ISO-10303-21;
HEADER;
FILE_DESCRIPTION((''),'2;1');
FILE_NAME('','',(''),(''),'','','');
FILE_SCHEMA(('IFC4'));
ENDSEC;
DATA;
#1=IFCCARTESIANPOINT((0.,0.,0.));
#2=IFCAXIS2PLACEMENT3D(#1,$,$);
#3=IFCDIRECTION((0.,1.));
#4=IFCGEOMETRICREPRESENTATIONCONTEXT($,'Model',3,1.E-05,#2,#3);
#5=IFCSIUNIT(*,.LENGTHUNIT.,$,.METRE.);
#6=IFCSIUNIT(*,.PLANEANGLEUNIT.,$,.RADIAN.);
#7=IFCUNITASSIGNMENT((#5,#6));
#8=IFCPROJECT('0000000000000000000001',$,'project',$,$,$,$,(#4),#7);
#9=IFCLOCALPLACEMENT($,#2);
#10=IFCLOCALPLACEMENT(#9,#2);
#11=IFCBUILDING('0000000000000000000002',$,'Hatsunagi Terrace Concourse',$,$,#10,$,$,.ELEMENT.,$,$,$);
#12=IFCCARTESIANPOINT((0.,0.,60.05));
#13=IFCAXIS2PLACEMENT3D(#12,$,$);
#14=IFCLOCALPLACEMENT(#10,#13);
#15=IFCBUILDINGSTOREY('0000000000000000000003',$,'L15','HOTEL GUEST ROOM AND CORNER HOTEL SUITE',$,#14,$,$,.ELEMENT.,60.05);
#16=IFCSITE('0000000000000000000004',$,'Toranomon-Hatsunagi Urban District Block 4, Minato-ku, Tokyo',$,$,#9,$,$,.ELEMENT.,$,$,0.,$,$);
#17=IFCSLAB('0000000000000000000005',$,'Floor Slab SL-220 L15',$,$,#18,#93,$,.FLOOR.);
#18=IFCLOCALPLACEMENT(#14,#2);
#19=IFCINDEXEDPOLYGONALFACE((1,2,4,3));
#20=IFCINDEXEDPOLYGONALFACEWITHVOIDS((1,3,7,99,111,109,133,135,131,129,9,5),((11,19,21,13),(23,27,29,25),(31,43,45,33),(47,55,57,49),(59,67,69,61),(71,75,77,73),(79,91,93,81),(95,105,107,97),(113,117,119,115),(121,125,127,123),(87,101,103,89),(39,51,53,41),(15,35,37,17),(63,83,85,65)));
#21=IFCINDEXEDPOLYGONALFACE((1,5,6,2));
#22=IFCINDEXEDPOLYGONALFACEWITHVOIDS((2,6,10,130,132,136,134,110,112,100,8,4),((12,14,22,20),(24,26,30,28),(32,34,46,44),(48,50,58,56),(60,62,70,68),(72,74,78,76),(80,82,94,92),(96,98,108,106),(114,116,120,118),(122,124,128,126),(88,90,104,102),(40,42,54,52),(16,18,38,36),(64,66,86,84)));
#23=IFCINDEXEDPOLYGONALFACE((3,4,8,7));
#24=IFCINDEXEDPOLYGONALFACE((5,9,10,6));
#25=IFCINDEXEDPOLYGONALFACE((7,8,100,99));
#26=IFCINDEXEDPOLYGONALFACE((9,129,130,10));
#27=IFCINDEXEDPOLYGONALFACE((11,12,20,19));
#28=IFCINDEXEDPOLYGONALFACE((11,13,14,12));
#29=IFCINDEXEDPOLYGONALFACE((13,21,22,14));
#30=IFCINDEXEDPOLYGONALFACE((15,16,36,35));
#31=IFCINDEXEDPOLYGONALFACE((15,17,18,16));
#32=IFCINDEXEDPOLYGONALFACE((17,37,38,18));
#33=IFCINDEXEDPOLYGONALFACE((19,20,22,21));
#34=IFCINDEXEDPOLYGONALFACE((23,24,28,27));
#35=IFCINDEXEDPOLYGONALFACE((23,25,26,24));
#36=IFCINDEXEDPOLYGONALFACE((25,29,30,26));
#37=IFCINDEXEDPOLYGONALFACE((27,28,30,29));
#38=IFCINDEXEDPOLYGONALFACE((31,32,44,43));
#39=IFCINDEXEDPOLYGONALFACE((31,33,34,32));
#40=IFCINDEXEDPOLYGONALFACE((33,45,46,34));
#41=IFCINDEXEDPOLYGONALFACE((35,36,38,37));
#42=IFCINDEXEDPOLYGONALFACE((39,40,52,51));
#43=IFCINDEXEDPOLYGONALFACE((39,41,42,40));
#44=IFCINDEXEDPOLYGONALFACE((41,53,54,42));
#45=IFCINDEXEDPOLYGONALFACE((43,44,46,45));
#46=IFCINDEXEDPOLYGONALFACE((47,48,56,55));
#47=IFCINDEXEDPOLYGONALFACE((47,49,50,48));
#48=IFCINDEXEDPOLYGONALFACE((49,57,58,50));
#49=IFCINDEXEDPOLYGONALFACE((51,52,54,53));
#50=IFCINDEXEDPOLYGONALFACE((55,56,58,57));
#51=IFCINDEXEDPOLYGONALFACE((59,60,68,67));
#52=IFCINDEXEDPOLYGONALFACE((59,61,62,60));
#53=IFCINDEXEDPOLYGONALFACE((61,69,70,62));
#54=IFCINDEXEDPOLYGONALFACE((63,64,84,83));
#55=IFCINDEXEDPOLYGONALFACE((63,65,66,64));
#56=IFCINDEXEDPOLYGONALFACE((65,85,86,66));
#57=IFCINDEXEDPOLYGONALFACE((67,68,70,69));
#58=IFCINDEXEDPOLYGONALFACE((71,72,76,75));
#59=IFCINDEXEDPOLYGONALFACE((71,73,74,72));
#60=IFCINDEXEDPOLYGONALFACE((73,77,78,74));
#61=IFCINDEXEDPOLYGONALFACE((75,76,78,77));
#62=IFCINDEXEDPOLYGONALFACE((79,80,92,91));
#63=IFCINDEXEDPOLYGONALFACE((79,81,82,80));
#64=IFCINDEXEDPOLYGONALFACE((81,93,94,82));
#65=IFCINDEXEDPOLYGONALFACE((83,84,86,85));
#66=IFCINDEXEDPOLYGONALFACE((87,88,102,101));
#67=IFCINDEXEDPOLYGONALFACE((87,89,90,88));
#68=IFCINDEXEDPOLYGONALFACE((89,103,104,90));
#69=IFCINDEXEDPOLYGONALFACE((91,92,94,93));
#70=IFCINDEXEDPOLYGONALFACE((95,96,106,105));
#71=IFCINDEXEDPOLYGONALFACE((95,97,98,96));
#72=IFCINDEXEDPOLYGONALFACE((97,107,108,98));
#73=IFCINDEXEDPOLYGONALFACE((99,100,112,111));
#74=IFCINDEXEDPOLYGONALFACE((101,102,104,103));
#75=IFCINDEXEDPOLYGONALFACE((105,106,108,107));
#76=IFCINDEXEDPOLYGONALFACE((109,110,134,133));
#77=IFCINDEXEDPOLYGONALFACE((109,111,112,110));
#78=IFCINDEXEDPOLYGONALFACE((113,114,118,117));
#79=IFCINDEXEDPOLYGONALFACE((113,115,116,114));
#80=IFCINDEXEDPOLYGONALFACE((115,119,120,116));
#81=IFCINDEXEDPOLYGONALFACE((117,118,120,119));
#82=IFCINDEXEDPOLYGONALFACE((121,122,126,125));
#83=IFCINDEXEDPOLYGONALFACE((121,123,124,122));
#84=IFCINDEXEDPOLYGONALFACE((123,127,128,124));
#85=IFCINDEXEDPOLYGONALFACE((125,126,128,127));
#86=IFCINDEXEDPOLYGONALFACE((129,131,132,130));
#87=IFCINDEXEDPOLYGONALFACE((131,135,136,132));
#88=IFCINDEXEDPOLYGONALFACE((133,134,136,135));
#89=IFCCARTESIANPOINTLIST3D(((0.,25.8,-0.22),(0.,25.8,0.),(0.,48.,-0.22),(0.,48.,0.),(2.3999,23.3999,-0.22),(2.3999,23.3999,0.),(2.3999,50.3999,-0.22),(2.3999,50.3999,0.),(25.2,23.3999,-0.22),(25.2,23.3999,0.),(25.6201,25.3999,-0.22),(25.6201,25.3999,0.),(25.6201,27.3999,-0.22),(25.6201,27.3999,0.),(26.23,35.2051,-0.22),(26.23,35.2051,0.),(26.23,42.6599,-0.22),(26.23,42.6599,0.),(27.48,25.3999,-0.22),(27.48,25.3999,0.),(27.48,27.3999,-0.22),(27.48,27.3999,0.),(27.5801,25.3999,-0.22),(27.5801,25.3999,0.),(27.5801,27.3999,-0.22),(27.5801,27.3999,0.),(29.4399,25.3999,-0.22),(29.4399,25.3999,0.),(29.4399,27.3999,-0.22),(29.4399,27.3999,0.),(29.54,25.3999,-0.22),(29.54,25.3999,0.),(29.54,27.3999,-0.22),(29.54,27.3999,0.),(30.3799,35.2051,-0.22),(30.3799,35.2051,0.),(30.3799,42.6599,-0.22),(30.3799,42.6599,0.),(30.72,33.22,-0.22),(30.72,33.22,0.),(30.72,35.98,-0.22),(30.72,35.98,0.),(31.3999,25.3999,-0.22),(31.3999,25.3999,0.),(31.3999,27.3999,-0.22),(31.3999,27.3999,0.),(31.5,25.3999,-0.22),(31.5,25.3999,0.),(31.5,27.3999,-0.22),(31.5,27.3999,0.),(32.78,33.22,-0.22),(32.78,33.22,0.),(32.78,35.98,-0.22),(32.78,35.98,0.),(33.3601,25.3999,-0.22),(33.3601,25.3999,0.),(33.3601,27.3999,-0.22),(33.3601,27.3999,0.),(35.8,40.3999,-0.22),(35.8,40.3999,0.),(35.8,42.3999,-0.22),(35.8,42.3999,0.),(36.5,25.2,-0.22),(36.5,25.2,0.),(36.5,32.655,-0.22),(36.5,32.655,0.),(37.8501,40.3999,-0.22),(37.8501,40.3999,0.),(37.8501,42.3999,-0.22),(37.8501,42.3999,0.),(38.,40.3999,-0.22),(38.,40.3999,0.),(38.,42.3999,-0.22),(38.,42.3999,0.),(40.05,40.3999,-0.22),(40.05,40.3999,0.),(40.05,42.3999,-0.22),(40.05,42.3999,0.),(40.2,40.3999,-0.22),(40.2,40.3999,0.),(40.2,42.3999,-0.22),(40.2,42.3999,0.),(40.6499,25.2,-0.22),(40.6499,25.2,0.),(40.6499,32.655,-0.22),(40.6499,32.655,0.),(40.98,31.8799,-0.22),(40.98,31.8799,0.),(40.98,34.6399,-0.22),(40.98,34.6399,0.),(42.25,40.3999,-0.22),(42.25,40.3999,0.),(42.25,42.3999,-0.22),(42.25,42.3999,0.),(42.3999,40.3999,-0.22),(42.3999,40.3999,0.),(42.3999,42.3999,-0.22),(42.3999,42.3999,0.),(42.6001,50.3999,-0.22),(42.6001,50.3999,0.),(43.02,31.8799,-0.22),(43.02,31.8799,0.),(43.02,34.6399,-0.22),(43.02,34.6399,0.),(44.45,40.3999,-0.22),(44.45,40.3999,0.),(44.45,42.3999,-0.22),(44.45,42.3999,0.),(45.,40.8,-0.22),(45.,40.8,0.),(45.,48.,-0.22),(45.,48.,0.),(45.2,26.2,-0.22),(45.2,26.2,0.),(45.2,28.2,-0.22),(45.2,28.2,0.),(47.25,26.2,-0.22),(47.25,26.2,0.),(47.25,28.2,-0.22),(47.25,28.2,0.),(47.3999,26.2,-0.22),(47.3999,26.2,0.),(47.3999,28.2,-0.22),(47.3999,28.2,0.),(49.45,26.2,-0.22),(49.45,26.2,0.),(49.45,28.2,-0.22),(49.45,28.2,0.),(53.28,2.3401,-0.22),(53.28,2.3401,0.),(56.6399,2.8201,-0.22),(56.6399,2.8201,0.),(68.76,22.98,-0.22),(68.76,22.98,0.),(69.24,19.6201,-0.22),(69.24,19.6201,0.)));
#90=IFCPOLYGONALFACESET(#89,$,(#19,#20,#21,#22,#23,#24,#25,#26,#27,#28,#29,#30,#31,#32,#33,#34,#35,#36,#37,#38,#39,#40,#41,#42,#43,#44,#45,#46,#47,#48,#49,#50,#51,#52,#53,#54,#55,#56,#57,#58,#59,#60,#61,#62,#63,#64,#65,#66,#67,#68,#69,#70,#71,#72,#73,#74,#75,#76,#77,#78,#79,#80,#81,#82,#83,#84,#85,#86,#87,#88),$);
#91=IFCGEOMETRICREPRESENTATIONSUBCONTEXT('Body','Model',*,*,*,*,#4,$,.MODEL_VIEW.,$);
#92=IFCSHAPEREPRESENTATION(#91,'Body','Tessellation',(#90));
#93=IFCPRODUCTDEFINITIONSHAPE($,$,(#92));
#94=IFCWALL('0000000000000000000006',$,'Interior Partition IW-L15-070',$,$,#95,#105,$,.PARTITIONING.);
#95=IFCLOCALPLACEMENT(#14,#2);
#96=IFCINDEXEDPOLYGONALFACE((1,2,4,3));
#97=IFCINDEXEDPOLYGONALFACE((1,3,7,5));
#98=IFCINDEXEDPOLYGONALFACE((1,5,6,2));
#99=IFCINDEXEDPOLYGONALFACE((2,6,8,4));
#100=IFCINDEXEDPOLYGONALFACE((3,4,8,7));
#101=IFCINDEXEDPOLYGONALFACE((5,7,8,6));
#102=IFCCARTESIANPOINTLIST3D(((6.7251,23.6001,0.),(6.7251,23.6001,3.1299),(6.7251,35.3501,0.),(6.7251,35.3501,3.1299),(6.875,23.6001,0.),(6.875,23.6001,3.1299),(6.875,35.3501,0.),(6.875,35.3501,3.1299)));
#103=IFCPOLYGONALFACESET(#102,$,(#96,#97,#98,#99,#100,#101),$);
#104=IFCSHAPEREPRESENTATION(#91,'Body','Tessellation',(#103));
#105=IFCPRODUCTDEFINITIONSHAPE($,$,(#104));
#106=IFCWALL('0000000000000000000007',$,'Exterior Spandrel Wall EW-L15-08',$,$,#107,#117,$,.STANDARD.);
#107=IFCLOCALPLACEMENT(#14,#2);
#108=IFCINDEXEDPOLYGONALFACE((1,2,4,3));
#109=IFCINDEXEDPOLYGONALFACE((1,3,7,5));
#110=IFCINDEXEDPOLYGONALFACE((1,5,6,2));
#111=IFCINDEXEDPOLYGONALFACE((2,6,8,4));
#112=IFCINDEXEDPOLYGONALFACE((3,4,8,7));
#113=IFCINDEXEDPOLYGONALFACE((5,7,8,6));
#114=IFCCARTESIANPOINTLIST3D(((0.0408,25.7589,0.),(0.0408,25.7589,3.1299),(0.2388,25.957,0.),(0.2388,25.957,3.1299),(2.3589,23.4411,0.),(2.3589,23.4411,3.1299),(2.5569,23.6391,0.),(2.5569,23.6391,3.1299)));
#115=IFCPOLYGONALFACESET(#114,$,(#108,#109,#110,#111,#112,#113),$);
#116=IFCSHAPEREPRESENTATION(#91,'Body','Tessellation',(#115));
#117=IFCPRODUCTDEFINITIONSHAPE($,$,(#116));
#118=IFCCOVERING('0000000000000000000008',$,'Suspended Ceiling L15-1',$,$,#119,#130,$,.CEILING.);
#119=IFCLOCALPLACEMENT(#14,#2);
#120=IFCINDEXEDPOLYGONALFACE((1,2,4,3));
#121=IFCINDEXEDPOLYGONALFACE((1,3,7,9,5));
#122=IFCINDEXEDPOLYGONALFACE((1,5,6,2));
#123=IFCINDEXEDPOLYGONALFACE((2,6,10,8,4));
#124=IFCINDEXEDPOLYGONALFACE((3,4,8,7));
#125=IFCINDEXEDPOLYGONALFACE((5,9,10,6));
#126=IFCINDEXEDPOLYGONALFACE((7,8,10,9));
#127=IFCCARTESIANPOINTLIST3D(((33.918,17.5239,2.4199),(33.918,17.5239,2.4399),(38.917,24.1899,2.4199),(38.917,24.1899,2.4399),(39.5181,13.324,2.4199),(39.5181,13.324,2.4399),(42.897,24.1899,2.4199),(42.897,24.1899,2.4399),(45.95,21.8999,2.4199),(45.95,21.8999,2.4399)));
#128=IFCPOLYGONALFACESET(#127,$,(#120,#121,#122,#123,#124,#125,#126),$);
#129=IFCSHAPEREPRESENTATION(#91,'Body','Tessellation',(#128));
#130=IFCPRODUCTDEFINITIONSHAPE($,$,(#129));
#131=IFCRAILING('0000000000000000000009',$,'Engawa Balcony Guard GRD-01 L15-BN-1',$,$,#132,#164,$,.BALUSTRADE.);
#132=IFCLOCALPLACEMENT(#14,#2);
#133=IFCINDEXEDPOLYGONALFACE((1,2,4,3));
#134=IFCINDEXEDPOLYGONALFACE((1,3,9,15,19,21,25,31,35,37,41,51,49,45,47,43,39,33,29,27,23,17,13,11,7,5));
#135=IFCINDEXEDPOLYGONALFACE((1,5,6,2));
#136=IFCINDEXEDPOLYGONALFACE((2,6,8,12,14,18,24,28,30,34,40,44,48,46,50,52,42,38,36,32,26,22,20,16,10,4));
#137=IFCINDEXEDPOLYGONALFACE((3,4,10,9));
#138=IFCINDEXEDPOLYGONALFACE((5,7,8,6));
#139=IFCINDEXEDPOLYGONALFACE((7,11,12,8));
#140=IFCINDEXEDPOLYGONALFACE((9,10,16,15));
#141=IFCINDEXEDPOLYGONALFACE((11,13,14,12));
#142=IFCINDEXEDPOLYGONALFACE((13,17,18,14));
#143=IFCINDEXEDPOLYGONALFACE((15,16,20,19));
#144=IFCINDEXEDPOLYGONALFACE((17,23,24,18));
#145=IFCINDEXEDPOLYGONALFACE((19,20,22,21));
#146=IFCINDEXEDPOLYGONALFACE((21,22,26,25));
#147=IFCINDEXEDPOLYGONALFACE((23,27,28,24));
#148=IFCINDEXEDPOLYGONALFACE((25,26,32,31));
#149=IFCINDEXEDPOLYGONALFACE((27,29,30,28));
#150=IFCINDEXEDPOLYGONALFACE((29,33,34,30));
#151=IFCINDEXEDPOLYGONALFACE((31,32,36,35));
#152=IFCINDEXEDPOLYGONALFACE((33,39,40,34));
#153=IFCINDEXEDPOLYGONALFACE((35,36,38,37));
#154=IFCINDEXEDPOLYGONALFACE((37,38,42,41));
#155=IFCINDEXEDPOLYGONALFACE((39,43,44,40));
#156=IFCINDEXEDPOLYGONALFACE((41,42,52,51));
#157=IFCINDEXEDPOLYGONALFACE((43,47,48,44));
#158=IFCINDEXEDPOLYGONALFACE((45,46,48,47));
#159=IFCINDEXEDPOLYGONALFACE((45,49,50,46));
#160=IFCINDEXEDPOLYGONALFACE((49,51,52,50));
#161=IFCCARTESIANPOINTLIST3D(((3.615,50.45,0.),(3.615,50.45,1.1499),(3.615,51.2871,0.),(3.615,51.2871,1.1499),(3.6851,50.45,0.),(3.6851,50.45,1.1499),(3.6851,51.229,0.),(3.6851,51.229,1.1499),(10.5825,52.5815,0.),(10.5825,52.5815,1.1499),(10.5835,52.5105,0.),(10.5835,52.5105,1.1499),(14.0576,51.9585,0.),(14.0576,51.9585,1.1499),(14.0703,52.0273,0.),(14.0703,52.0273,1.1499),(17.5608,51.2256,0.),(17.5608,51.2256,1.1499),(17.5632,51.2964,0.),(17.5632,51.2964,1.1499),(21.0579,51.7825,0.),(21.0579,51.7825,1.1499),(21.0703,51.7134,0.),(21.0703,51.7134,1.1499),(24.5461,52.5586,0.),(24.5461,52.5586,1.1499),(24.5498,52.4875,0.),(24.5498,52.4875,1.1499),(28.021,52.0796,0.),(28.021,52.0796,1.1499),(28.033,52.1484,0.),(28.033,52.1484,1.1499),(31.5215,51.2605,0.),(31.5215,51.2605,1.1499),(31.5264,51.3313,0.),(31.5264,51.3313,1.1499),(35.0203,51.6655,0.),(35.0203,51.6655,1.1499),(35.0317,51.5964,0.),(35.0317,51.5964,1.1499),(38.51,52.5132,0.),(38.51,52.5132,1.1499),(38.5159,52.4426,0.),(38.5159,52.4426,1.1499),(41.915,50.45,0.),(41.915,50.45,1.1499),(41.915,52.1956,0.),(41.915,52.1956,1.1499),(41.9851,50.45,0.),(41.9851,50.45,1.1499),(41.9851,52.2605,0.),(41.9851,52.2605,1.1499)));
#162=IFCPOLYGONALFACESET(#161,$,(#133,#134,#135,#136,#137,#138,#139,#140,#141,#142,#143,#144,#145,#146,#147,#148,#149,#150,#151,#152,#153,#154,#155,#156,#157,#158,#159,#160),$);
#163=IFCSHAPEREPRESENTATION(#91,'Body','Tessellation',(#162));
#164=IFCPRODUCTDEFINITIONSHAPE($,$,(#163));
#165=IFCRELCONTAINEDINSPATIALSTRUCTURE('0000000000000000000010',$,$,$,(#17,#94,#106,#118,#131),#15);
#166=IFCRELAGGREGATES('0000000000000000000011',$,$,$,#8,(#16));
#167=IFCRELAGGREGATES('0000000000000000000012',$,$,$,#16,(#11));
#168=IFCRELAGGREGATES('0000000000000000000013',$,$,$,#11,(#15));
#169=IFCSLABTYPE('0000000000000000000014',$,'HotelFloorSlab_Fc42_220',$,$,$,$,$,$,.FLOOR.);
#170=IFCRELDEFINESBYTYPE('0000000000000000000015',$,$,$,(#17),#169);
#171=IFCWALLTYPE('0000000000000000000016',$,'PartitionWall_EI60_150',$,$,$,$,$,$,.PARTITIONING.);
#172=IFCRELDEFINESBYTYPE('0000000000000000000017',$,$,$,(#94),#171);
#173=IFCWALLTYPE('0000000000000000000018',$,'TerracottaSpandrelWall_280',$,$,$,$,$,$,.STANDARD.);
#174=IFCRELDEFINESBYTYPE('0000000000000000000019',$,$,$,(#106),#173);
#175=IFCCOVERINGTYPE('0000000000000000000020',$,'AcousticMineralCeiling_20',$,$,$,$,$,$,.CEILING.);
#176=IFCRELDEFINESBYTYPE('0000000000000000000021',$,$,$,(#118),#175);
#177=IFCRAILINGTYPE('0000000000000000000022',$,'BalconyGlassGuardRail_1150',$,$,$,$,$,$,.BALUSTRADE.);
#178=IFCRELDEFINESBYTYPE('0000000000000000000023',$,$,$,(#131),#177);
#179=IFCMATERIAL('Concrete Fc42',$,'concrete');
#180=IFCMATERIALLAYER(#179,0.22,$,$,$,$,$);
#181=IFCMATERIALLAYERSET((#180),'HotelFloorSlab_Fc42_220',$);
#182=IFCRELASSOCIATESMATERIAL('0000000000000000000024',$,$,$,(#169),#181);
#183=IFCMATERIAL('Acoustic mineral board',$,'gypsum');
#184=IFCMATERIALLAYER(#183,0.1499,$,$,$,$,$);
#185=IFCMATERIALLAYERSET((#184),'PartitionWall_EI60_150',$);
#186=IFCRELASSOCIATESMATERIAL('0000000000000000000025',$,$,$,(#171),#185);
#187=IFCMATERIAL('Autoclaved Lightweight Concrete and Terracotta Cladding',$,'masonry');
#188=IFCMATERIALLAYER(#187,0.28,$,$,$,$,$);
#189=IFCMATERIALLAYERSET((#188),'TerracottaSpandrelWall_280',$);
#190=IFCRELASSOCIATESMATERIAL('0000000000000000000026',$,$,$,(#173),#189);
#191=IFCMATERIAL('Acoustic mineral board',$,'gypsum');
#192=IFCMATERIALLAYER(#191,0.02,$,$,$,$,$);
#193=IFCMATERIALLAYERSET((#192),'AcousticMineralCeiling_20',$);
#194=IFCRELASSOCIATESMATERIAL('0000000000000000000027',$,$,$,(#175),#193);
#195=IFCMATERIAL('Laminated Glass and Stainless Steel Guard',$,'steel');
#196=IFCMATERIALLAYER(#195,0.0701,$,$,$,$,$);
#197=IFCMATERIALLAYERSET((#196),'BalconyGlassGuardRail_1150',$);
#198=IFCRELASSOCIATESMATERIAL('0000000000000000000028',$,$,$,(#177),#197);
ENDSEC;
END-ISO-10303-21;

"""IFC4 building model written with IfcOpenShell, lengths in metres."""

from ifc_helpers import new_model, si_unit, direction, frame, frame_2d, origin, place, context, subcontext, project, spatial, polyline, rectangle, outline, extrude, material, layer, layer_set, type_object, element, save


model = new_model("IFC4")

# Units and contexts
model_context = context("Model", 3, precision=1e-05, world=origin(), true_north=direction((0.0, 1.0)))
body_context = subcontext(model_context, "Body", "Model", "MODEL_VIEW")
ifc_project = project(units=[si_unit("LENGTHUNIT", "METRE"), si_unit("PLANEANGLEUNIT", "RADIAN")], contexts=[model_context])

# Site, building, storey
site_placement = place(None, origin())
site = spatial("IfcSite", under=ifc_project, at=site_placement, Name="Toranomon-Hatsunagi Urban District Block 4, Minato-ku, Tokyo", CompositionType="ELEMENT", RefElevation=0.0)
building_placement = place(site_placement, origin())
building = spatial("IfcBuilding", under=site, at=building_placement, Name="Hatsunagi Terrace Concourse", CompositionType="ELEMENT")
storey_placement = place(building_placement, frame((0.0, 0.0, 60.05)))
storey = spatial("IfcBuildingStorey", under=building, at=storey_placement, Name="L15", Description="HOTEL GUEST ROOM AND CORNER HOTEL SUITE", CompositionType="ELEMENT", Elevation=60.05)

# Slab
ifc_material_1 = material(Name="Concrete Fc42", Category="concrete")
ifc_layer_1 = layer(ifc_material_1, 0.22)
ifc_layer_set_1 = layer_set([ifc_layer_1], Name="HotelFloorSlab_Fc42_220")
slab_type_1 = type_object("IfcSlabType", Name="HotelFloorSlab_Fc42_220", PredefinedType="FLOOR", material=ifc_layer_set_1)
slab_1_placement = place(storey_placement, frame((0.0, 0.0, -0.22)))
element("IfcSlab", 1, at=slab_1_placement, inside=storey, type_object=slab_type_1, Name="Floor Slab SL-220 L15", PredefinedType="FLOOR", context=body_context, shape_type="SweptSolid", body=[
    extrude(outline(polyline([(45.0, 40.8), (45.0, 48.0), (42.6001, 50.3999), (2.3999, 50.3999), (0.0, 48.0), (0.0, 25.8), (2.3999, 23.3999), (25.2, 23.3999), (53.28, 2.3401), (56.6399, 2.8201), (69.24, 19.6201), (68.76, 22.98), (45.0, 40.8)]), holes=[polyline([(26.23, 35.2051), (30.3799, 35.2051), (30.3799, 42.6599), (26.23, 42.6599), (26.23, 35.2051)]), polyline([(36.5, 25.2), (40.6499, 25.2), (40.6499, 32.655), (36.5, 32.655), (36.5, 25.2)]), polyline([(30.72, 33.22), (32.78, 33.22), (32.78, 35.98), (30.72, 35.98), (30.72, 33.22)]), polyline([(40.98, 31.8799), (43.02, 31.8799), (43.02, 34.6399), (40.98, 34.6399), (40.98, 31.8799)]), polyline([(25.6201, 25.3999), (27.48, 25.3999), (27.48, 27.3999), (25.6201, 27.3999), (25.6201, 25.3999)]), polyline([(27.5801, 25.3999), (29.4399, 25.3999), (29.4399, 27.3999), (27.5801, 27.3999), (27.5801, 25.3999)]), polyline([(29.54, 25.3999), (31.3999, 25.3999), (31.3999, 27.3999), (29.54, 27.3999), (29.54, 25.3999)]), polyline([(31.5, 25.3999), (33.3601, 25.3999), (33.3601, 27.3999), (31.5, 27.3999), (31.5, 25.3999)]), polyline([(35.8, 40.3999), (37.8501, 40.3999), (37.8501, 42.3999), (35.8, 42.3999), (35.8, 40.3999)]), polyline([(38.0, 40.3999), (40.05, 40.3999), (40.05, 42.3999), (38.0, 42.3999), (38.0, 40.3999)]), polyline([(40.2, 40.3999), (42.25, 40.3999), (42.25, 42.3999), (40.2, 42.3999), (40.2, 40.3999)]), polyline([(42.3999, 40.3999), (44.45, 40.3999), (44.45, 42.3999), (42.3999, 42.3999), (42.3999, 40.3999)]), polyline([(45.2, 26.2), (47.25, 26.2), (47.25, 28.2), (45.2, 28.2), (45.2, 26.2)]), polyline([(47.3999, 26.2), (49.45, 26.2), (49.45, 28.2), (47.3999, 28.2), (47.3999, 26.2)])]), origin(), (0.0, 0.0, 1.0), 0.22),
])

# Walls
ifc_material_2 = material(Name="Acoustic mineral board", Category="gypsum")
ifc_layer_2 = layer(ifc_material_2, 0.1499)
ifc_layer_set_2 = layer_set([ifc_layer_2], Name="PartitionWall_EI60_150")
wall_type_1 = type_object("IfcWallType", Name="PartitionWall_EI60_150", PredefinedType="PARTITIONING", material=ifc_layer_set_2)
wall_1_placement = place(storey_placement, frame((6.8, 23.6001, 0.0), z_axis=(0.0, 0.0, 1.0), x_axis=(0.0, 1.0, 0.0)))
element("IfcWall", 2, at=wall_1_placement, inside=storey, type_object=wall_type_1, Name="Interior Partition IW-L15-070", PredefinedType="PARTITIONING", context=body_context, shape_type="SweptSolid", body=[
    extrude(rectangle(XDim=11.75, YDim=0.1499, at=frame_2d((5.875, 0.0))), origin(), (0.0, 0.0, 1.0), 3.1299),
])
ifc_material_3 = material(Name="Autoclaved Lightweight Concrete and Terracotta Cladding", Category="masonry")
ifc_layer_3 = layer(ifc_material_3, 0.28)
ifc_layer_set_3 = layer_set([ifc_layer_3], Name="TerracottaSpandrelWall_280")
wall_type_2 = type_object("IfcWallType", Name="TerracottaSpandrelWall_280", PredefinedType="STANDARD", material=ifc_layer_set_3)
wall_2_placement = place(storey_placement, frame((2.458, 23.54, 0.0), z_axis=(0.0, 0.0, 1.0), x_axis=(-0.707144, 0.70707, 0.0)))
element("IfcWall", 3, at=wall_2_placement, inside=storey, type_object=wall_type_2, Name="Exterior Spandrel Wall EW-L15-08", PredefinedType="STANDARD", context=body_context, shape_type="SweptSolid", body=[
    extrude(rectangle(XDim=3.2781, YDim=0.28, at=frame_2d((1.6392, 0.0))), origin(), (0.0, 0.0, 1.0), 3.1299),
])

# Covering
ifc_material_4 = material(Name="Acoustic mineral board", Category="gypsum")
ifc_layer_4 = layer(ifc_material_4, 0.02)
ifc_layer_set_4 = layer_set([ifc_layer_4], Name="AcousticMineralCeiling_20")
covering_type_1 = type_object("IfcCoveringType", Name="AcousticMineralCeiling_20", PredefinedType="CEILING", material=ifc_layer_set_4)
covering_1_placement = place(storey_placement, frame((0.0, 0.0, 2.4199)))
element("IfcCovering", 4, at=covering_1_placement, inside=storey, type_object=covering_type_1, Name="Suspended Ceiling L15-1", PredefinedType="CEILING", context=body_context, shape_type="SweptSolid", body=[
    extrude(outline(polyline([(39.5181, 13.324), (45.95, 21.8999), (42.897, 24.1899), (38.917, 24.1899), (33.918, 17.5239), (39.5181, 13.324)])), origin(), (0.0, 0.0, 1.0), 0.02),
])

# Railing
ifc_material_5 = material(Name="Laminated Glass and Stainless Steel Guard", Category="steel")
ifc_layer_5 = layer(ifc_material_5, 0.0701)
ifc_layer_set_5 = layer_set([ifc_layer_5], Name="BalconyGlassGuardRail_1150")
railing_type = type_object("IfcRailingType", Name="BalconyGlassGuardRail_1150", PredefinedType="BALUSTRADE", material=ifc_layer_set_5)
railing_1_placement = place(storey_placement, origin())
element("IfcRailing", 5, at=railing_1_placement, inside=storey, type_object=railing_type, Name="Engawa Balcony Guard GRD-01 L15-BN-1", PredefinedType="BALUSTRADE", context=body_context, shape_type="SweptSolid", body=[
    extrude(outline(polyline([(3.615, 50.45), (3.6851, 50.45), (3.6851, 51.229), (10.5835, 52.5105), (14.0576, 51.9585), (17.5608, 51.2256), (21.0703, 51.7134), (24.5498, 52.4875), (28.021, 52.0796), (31.5215, 51.2605), (35.0317, 51.5964), (38.5159, 52.4426), (41.915, 52.1956), (41.915, 50.45), (41.9851, 50.45), (41.9851, 52.2605), (38.51, 52.5132), (35.0203, 51.6655), (31.5264, 51.3313), (28.033, 52.1484), (24.5461, 52.5586), (21.0579, 51.7825), (17.5632, 51.2964), (14.0703, 52.0273), (10.5825, 52.5815), (3.615, 51.2871), (3.615, 50.45)])), origin(), (0.0, 0.0, 1.0), 1.1499),
])

save(model, "model.ifc")
